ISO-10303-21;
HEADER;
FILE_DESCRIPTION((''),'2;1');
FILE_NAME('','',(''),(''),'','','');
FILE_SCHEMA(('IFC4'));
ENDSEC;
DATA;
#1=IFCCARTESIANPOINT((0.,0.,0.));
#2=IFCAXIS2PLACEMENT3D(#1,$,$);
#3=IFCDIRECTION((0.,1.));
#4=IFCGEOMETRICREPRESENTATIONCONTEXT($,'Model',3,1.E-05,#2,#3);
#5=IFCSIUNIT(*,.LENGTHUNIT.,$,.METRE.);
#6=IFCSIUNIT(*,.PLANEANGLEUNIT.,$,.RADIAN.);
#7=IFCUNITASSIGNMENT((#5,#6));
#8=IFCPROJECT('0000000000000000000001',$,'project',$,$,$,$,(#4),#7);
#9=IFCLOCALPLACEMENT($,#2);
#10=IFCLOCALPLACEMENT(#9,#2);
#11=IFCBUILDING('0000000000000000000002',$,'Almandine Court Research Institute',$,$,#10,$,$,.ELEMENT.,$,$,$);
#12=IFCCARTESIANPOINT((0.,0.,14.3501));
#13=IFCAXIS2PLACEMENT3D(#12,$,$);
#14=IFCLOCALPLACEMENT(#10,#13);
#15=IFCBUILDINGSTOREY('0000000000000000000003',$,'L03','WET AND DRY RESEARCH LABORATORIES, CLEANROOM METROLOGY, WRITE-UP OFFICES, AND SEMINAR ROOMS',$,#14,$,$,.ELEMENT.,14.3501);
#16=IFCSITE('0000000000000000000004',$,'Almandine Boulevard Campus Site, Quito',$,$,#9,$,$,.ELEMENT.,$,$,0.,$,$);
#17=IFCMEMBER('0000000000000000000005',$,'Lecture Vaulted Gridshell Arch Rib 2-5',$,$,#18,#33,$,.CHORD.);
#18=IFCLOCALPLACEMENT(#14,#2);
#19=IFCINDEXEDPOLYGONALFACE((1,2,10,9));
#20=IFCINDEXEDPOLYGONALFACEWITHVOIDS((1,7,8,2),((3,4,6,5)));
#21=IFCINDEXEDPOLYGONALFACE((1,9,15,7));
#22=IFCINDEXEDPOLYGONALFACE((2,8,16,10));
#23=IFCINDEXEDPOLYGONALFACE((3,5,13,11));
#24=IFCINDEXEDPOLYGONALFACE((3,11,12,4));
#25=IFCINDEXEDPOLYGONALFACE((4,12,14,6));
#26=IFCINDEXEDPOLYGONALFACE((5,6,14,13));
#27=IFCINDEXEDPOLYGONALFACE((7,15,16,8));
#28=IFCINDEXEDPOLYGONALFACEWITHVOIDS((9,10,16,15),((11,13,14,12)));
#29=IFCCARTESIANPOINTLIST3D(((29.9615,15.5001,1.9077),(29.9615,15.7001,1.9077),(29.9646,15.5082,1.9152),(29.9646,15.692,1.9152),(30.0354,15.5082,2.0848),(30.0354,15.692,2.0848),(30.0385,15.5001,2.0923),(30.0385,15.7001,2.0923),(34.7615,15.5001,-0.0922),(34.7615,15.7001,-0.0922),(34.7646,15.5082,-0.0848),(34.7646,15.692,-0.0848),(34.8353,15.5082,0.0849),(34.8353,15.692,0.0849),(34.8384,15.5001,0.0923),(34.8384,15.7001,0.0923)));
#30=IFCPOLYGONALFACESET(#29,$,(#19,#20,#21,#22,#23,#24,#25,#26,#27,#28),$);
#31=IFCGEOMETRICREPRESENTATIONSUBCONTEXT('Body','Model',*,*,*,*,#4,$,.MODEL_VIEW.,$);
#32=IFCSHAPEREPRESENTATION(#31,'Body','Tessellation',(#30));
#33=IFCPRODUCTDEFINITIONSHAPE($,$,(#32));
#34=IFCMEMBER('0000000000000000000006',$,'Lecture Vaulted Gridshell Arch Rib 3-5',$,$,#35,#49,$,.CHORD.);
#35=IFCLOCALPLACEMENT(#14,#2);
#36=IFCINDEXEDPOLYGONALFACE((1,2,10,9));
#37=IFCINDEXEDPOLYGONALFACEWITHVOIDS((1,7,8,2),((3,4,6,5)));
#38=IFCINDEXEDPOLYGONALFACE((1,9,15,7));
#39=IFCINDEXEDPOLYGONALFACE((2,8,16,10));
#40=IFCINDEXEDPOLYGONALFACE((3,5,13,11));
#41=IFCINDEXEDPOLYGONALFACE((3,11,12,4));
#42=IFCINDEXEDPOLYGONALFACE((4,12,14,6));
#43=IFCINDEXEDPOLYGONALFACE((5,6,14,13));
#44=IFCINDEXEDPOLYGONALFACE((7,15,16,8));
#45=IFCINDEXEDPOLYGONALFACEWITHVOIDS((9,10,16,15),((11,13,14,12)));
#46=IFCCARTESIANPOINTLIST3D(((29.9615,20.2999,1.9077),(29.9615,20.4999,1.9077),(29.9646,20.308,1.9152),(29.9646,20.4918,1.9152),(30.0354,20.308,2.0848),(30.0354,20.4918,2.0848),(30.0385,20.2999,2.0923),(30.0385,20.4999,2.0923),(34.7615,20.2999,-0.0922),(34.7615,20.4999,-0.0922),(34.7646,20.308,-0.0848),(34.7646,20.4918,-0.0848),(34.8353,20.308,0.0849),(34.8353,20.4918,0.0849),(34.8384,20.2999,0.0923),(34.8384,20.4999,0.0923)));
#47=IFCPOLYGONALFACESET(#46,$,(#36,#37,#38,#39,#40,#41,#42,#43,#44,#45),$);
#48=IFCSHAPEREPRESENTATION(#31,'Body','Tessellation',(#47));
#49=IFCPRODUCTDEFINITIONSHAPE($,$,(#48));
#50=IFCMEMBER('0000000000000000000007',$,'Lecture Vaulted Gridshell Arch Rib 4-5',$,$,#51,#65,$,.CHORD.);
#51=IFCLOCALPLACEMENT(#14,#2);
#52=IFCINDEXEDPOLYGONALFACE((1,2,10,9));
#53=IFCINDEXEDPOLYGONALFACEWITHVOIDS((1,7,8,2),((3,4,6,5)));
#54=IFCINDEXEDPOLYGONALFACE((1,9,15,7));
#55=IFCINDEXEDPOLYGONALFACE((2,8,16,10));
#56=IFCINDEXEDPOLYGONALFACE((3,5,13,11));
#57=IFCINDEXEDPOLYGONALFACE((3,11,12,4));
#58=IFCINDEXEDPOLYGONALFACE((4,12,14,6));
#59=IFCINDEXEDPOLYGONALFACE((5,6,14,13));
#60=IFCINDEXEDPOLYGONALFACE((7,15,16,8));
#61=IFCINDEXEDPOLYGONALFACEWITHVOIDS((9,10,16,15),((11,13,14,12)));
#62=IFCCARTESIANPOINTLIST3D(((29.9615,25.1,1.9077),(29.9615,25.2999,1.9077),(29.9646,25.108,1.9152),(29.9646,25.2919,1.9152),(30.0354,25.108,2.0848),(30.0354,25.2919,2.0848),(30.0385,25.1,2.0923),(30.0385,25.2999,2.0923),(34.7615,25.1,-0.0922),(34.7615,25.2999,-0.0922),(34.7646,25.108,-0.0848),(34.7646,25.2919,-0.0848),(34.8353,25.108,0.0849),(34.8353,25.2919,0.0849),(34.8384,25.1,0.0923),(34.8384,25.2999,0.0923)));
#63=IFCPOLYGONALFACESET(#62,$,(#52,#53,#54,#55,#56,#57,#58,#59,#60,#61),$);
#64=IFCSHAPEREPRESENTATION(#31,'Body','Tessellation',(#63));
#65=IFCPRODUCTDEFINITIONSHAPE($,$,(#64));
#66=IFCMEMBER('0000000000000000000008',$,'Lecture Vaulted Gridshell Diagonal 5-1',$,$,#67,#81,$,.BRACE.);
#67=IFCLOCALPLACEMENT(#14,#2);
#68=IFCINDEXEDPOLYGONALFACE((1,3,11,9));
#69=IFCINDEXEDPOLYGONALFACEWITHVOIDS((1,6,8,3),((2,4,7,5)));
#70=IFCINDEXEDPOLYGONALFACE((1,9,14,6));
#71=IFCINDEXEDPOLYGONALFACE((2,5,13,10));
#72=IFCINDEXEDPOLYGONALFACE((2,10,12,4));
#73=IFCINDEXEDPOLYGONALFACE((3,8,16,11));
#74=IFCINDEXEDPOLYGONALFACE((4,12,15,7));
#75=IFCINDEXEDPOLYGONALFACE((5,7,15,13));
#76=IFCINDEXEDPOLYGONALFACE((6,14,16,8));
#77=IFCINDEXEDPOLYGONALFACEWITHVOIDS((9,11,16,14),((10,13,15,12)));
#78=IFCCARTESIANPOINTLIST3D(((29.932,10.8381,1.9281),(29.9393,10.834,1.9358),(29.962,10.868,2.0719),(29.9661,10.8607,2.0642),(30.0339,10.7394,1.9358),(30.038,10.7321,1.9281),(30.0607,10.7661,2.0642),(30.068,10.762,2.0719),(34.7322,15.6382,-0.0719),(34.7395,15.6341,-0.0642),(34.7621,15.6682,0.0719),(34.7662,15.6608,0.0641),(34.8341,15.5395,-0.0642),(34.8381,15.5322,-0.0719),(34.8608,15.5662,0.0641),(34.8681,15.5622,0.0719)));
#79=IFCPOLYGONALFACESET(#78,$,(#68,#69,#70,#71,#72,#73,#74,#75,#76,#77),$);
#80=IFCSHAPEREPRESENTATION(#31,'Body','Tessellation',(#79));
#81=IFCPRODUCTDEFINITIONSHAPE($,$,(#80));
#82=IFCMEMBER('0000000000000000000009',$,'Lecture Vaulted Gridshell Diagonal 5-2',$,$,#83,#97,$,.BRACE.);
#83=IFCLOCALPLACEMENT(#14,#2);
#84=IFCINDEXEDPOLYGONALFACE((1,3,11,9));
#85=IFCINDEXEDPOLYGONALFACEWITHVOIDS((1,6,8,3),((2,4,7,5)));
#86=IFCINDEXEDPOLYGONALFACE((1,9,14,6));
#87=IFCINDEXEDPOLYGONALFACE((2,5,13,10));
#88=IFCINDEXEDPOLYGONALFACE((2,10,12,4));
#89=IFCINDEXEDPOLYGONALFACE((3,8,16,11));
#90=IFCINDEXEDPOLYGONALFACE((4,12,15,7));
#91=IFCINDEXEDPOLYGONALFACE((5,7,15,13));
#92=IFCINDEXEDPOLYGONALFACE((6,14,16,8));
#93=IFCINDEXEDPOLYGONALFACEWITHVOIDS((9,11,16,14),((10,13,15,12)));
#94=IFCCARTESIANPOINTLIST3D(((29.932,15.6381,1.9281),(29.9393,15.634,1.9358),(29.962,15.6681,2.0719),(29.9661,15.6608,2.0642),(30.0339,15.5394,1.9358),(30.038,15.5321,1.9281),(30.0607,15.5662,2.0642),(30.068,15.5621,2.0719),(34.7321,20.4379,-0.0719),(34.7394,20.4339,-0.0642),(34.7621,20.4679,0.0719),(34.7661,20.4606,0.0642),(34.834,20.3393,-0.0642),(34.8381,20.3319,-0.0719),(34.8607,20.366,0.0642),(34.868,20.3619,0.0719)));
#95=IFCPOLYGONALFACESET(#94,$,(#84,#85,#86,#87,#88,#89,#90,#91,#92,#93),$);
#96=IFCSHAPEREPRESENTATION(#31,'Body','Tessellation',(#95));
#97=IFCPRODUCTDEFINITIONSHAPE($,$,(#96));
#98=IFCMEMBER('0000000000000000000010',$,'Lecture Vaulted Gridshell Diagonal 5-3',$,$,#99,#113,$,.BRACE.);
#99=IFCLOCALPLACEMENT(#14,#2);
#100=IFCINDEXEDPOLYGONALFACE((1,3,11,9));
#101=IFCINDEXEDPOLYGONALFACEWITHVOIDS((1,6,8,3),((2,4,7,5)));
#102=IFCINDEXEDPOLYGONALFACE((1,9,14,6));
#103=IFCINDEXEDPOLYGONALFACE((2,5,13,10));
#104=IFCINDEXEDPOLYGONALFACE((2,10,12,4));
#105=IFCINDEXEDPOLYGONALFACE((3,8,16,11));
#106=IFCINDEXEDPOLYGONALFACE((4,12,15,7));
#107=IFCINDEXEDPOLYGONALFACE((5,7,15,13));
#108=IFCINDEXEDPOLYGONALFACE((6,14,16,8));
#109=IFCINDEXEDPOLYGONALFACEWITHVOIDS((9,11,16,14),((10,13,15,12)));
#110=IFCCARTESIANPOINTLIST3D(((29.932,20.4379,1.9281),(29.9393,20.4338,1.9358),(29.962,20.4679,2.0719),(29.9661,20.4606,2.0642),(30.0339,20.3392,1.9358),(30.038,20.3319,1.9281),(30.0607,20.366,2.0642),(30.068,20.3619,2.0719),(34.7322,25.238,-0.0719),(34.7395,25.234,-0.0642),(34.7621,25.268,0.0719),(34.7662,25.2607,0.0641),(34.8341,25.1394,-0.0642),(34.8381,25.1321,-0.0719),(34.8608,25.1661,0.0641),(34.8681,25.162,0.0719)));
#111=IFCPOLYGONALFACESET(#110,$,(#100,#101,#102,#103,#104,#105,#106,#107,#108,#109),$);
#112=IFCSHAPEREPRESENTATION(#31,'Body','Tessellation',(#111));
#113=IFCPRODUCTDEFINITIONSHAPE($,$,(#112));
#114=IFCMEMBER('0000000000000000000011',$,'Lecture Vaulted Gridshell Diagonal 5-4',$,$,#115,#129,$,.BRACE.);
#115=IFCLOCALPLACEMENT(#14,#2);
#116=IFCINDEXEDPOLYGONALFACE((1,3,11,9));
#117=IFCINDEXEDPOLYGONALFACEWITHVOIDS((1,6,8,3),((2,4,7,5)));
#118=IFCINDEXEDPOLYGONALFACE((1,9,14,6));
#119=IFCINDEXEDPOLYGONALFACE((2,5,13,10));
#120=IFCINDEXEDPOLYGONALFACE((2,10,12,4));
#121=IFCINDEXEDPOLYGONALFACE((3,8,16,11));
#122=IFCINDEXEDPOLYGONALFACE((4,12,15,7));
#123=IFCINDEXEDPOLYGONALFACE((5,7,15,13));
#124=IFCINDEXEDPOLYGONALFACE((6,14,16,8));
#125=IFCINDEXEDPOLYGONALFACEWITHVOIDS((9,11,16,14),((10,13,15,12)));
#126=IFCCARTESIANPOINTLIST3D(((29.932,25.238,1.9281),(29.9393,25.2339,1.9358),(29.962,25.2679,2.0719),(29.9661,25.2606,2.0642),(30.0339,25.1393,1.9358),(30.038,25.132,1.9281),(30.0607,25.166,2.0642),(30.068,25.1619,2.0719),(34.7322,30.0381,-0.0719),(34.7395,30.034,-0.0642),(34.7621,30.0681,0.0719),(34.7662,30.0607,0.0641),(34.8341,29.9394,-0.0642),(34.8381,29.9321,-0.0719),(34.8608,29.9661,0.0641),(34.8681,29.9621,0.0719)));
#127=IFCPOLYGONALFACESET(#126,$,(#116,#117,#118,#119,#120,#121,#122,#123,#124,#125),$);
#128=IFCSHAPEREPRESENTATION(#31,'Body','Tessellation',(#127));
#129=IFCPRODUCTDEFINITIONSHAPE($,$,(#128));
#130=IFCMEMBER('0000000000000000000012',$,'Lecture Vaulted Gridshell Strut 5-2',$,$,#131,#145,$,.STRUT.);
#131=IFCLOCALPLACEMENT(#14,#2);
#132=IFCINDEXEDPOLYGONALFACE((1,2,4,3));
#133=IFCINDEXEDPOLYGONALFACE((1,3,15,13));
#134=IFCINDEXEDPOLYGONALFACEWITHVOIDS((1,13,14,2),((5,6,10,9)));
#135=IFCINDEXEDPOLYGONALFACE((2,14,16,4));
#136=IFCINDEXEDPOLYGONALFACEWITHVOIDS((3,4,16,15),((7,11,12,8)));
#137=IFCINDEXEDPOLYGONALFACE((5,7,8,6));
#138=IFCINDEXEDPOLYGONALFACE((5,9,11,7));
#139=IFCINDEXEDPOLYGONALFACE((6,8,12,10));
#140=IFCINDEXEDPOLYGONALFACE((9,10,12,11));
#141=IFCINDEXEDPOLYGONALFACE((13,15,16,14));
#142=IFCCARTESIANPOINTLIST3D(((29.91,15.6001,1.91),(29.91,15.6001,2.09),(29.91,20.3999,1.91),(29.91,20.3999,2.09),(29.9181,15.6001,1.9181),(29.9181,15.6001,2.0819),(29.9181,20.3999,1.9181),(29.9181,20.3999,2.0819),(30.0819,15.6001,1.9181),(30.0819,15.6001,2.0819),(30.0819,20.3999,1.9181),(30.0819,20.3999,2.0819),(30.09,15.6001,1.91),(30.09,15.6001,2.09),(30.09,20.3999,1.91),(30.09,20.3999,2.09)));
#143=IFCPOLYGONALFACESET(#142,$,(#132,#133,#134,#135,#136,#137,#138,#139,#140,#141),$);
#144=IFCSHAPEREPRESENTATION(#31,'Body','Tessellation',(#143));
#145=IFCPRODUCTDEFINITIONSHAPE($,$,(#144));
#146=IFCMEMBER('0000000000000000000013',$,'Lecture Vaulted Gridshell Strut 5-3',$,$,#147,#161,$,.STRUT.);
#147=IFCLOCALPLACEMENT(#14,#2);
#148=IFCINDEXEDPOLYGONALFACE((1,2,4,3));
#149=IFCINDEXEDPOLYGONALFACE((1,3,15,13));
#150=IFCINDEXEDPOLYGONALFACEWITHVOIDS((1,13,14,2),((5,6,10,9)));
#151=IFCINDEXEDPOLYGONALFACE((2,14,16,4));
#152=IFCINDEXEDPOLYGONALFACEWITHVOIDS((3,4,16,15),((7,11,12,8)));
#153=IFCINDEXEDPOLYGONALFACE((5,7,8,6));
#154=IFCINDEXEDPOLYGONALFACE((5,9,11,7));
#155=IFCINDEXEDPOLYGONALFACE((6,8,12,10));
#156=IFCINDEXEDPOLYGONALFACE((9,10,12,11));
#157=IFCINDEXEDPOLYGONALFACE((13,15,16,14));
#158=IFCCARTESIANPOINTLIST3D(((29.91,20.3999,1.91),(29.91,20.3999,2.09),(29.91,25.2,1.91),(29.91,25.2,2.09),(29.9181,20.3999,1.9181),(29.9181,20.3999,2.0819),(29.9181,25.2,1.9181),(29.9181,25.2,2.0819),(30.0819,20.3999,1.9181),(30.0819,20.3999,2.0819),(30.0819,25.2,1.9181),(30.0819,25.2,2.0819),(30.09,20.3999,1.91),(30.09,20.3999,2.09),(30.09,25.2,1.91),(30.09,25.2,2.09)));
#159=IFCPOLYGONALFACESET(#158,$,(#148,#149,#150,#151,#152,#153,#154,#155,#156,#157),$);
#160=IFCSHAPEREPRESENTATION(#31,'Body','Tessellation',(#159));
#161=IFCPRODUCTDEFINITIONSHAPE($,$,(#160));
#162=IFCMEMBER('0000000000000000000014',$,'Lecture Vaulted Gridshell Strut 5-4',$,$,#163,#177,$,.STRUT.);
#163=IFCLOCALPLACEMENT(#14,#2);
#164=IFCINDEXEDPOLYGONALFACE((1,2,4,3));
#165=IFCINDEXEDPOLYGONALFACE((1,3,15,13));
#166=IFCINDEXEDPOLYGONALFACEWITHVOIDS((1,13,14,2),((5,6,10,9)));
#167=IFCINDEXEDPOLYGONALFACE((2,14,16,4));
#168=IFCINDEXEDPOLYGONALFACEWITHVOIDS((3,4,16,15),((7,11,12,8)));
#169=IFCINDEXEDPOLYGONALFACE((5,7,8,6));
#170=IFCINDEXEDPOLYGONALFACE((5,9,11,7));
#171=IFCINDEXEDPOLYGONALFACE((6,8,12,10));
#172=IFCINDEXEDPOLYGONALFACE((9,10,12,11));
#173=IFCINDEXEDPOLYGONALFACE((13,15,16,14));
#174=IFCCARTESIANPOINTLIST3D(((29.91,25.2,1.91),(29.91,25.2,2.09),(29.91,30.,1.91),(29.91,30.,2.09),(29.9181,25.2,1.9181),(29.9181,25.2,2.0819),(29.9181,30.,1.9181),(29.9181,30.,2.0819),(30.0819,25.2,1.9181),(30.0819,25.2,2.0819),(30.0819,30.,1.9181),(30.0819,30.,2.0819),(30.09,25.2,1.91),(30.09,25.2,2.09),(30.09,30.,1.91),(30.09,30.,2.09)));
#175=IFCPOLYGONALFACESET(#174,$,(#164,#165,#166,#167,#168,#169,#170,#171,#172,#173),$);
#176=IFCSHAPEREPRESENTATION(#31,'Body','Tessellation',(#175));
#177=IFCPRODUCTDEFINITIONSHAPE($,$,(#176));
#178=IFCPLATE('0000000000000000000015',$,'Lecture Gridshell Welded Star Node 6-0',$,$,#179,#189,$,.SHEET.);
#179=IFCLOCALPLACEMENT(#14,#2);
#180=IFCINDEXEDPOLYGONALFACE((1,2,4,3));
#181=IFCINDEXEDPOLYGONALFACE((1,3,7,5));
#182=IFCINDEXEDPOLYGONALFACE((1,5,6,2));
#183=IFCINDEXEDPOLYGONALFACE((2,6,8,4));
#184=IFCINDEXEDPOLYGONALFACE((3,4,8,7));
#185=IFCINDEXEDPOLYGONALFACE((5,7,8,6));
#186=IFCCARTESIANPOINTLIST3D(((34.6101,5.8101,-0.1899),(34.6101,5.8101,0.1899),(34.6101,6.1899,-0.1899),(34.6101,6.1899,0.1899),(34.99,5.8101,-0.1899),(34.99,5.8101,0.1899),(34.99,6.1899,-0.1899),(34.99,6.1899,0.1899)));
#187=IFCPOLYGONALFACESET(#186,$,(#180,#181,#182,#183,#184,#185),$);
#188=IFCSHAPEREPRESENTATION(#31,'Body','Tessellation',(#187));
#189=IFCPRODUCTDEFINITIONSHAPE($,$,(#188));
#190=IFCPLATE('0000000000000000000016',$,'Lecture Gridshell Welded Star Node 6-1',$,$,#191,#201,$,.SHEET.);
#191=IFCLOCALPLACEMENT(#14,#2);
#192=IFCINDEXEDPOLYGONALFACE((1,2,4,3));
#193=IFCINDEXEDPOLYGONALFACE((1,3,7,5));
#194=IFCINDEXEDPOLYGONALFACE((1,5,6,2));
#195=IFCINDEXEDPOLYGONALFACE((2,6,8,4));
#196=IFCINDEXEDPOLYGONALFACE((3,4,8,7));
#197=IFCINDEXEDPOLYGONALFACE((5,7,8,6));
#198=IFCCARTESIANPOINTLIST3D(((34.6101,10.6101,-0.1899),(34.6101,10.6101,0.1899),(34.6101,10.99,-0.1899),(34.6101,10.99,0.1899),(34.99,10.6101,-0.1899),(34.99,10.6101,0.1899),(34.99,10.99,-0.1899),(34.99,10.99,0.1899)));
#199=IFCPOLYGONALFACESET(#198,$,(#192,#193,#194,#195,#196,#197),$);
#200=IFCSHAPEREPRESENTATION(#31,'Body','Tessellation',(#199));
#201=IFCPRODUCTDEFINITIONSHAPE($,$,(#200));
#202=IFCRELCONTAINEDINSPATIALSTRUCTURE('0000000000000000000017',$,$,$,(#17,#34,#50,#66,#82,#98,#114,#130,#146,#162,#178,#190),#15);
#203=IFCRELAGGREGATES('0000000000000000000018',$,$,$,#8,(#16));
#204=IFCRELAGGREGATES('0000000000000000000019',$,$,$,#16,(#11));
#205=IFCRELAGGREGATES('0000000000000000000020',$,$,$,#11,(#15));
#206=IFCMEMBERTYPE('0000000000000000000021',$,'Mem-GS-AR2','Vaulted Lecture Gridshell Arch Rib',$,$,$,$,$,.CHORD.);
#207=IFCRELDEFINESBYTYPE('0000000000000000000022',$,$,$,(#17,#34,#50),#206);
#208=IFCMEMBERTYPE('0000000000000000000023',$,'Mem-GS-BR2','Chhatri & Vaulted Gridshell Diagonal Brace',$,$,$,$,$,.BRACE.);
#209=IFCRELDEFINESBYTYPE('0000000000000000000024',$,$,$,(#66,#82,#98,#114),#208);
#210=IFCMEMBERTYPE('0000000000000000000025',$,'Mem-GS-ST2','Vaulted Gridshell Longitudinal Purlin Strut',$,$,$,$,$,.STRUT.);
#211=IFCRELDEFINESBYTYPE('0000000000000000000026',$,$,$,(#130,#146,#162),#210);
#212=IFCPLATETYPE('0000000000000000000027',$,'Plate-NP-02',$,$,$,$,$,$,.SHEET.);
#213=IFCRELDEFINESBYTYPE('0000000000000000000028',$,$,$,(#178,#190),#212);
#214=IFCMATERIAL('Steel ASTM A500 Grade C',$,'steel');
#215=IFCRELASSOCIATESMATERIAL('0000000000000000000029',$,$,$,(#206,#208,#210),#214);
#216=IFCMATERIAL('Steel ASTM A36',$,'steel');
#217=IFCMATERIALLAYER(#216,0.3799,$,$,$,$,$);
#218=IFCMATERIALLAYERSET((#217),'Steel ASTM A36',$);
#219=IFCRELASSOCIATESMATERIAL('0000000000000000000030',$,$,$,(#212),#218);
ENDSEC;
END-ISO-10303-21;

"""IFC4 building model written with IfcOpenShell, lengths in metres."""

from ifc_helpers import new_model, si_unit, direction, frame, origin, origin_2d, place, context, subcontext, project, spatial, rectangle, hollow_rectangle, extrude, material, layer, layer_set, material_profile, profile_set, type_object, element, save


model = new_model("IFC4")

# Units and contexts
model_context = context("Model", 3, precision=1e-05, world=origin(), true_north=direction((0.0, 1.0)))
body_context = subcontext(model_context, "Body", "Model", "MODEL_VIEW")
ifc_project = project(units=[si_unit("LENGTHUNIT", "METRE"), si_unit("PLANEANGLEUNIT", "RADIAN")], contexts=[model_context])

# Site, building, storey
site_placement = place(None, origin())
site = spatial("IfcSite", under=ifc_project, at=site_placement, Name="Almandine Boulevard Campus Site, Quito", CompositionType="ELEMENT", RefElevation=0.0)
building_placement = place(site_placement, origin())
building = spatial("IfcBuilding", under=site, at=building_placement, Name="Almandine Court Research Institute", CompositionType="ELEMENT")
storey_placement = place(building_placement, frame((0.0, 0.0, 14.3501)))
storey = spatial("IfcBuildingStorey", under=building, at=storey_placement, Name="L03", Description="WET AND DRY RESEARCH LABORATORIES, CLEANROOM METROLOGY, WRITE-UP OFFICES, AND SEMINAR ROOMS", CompositionType="ELEMENT", Elevation=14.3501)

# Members
ifc_material_1 = material(Name="Steel ASTM A500 Grade C", Category="steel")
ifc_material_profile_1 = material_profile(ifc_material_1, hollow_rectangle(XDim=0.2, YDim=0.2, WallThickness=0.0081, at=origin_2d()), Name="HSS 200x200x8")
ifc_profile_set_1 = profile_set([ifc_material_profile_1], Name="Steel ASTM A500 Grade C")
member_type_1 = type_object("IfcMemberType", Name="Mem-GS-AR2", Description="Vaulted Lecture Gridshell Arch Rib", PredefinedType="CHORD", material=ifc_profile_set_1)
for number, where, z_axis, x_axis, name in (
    (1, (30.0, 15.6001, 2.0), (0.923078, 0.0, -0.384612), (0.0, 1.0, 0.0), "Lecture Vaulted Gridshell Arch Rib 2-5"),
    (2, (30.0, 20.3999, 2.0), (0.923078, 0.0, -0.384612), (0.0, 1.0, 0.0), "Lecture Vaulted Gridshell Arch Rib 3-5"),
    (3, (30.0, 25.2, 2.0), (0.923078, 0.0, -0.384612), (0.0, 1.0, 0.0), "Lecture Vaulted Gridshell Arch Rib 4-5"),
):
    element("IfcMember", number, at=place(storey_placement, frame(where, z_axis=z_axis, x_axis=x_axis)), inside=storey, type_object=member_type_1, Name=name, PredefinedType="CHORD", context=body_context, shape_type="SweptSolid", body=[
        extrude(hollow_rectangle(XDim=0.2, YDim=0.2, WallThickness=0.0081, at=origin_2d()), origin(), (0.0, 0.0, 1.0), 5.2),
    ])
ifc_material_profile_2 = material_profile(ifc_material_1, hollow_rectangle(XDim=0.1499, YDim=0.1499, WallThickness=0.0081, at=origin_2d()), Name="HSS 150x150x8")
ifc_profile_set_2 = profile_set([ifc_material_profile_2], Name="Steel ASTM A500 Grade C")
member_type_2 = type_object("IfcMemberType", Name="Mem-GS-BR2", Description="Chhatri & Vaulted Gridshell Diagonal Brace", PredefinedType="BRACE", material=ifc_profile_set_2)
member_1_placement = place(storey_placement, frame((30.0, 10.8, 2.0), z_axis=(0.678281, 0.678281, -0.282614), x_axis=(-0.707107, 0.707107, 0.0)))
element("IfcMember", 4, at=member_1_placement, inside=storey, type_object=member_type_2, Name="Lecture Vaulted Gridshell Diagonal 5-1", PredefinedType="BRACE", context=body_context, shape_type="SweptSolid", body=[
    extrude(hollow_rectangle(XDim=0.1499, YDim=0.1499, WallThickness=0.0081, at=origin_2d()), origin(), (0.0, 0.0, 1.0), 7.0769),
])
member_2_placement = place(storey_placement, frame((30.0, 15.6001, 2.0), z_axis=(0.678297, 0.678262, -0.282621), x_axis=(-0.707089, 0.707125, 0.0)))
element("IfcMember", 5, at=member_2_placement, inside=storey, type_object=member_type_2, Name="Lecture Vaulted Gridshell Diagonal 5-2", PredefinedType="BRACE", context=body_context, shape_type="SweptSolid", body=[
    extrude(hollow_rectangle(XDim=0.1499, YDim=0.1499, WallThickness=0.0081, at=origin_2d()), origin(), (0.0, 0.0, 1.0), 7.0767),
])
for number, where, z_axis, x_axis, name in (
    (6, (30.0, 20.3999, 2.0), (0.678281, 0.678281, -0.282614), (-0.707107, 0.707107, 0.0), "Lecture Vaulted Gridshell Diagonal 5-3"),
    (7, (30.0, 25.2, 2.0), (0.678281, 0.678281, -0.282614), (-0.707107, 0.707107, 0.0), "Lecture Vaulted Gridshell Diagonal 5-4"),
):
    element("IfcMember", number, at=place(storey_placement, frame(where, z_axis=z_axis, x_axis=x_axis)), inside=storey, type_object=member_type_2, Name=name, PredefinedType="BRACE", context=body_context, shape_type="SweptSolid", body=[
        extrude(hollow_rectangle(XDim=0.1499, YDim=0.1499, WallThickness=0.0081, at=origin_2d()), origin(), (0.0, 0.0, 1.0), 7.0769),
    ])
ifc_material_profile_3 = material_profile(ifc_material_1, hollow_rectangle(XDim=0.1799, YDim=0.1799, WallThickness=0.0081, at=origin_2d()), Name="HSS 180x180x8")
ifc_profile_set_3 = profile_set([ifc_material_profile_3], Name="Steel ASTM A500 Grade C")
member_type_3 = type_object("IfcMemberType", Name="Mem-GS-ST2", Description="Vaulted Gridshell Longitudinal Purlin Strut", PredefinedType="STRUT", material=ifc_profile_set_3)
member_3_placement = place(storey_placement, frame((30.0, 15.6001, 2.0), z_axis=(0.0, 1.0, 0.0), x_axis=(-1.0, 0.0, 0.0)))
element("IfcMember", 8, at=member_3_placement, inside=storey, type_object=member_type_3, Name="Lecture Vaulted Gridshell Strut 5-2", PredefinedType="STRUT", context=body_context, shape_type="SweptSolid", body=[
    extrude(hollow_rectangle(XDim=0.1799, YDim=0.1799, WallThickness=0.0081, at=origin_2d()), origin(), (0.0, 0.0, 1.0), 4.7998),
])
for number, where, z_axis, x_axis, name in (
    (9, (30.0, 20.3999, 2.0), (0.0, 1.0, 0.0), (-1.0, 0.0, 0.0), "Lecture Vaulted Gridshell Strut 5-3"),
    (10, (30.0, 25.2, 2.0), (0.0, 1.0, 0.0), (-1.0, 0.0, 0.0), "Lecture Vaulted Gridshell Strut 5-4"),
):
    element("IfcMember", number, at=place(storey_placement, frame(where, z_axis=z_axis, x_axis=x_axis)), inside=storey, type_object=member_type_3, Name=name, PredefinedType="STRUT", context=body_context, shape_type="SweptSolid", body=[
        extrude(hollow_rectangle(XDim=0.1799, YDim=0.1799, WallThickness=0.0081, at=origin_2d()), origin(), (0.0, 0.0, 1.0), 4.8),
    ])

# Plates
ifc_material_2 = material(Name="Steel ASTM A36", Category="steel")
ifc_layer_1 = layer(ifc_material_2, 0.3799)
ifc_layer_set_1 = layer_set([ifc_layer_1], Name="Steel ASTM A36")
plate_type_1 = type_object("IfcPlateType", Name="Plate-NP-02", PredefinedType="SHEET", material=ifc_layer_set_1)
for number, where, z_axis, x_axis, name in (
    (11, (34.8, 6.0, -0.1899), (0.0, 0.0, 1.0), (1.0, 0.0, 0.0), "Lecture Gridshell Welded Star Node 6-0"),
    (12, (34.8, 10.8, -0.1899), (0.0, 0.0, 1.0), (1.0, 0.0, 0.0), "Lecture Gridshell Welded Star Node 6-1"),
):
    element("IfcPlate", number, at=place(storey_placement, frame(where, z_axis=z_axis, x_axis=x_axis)), inside=storey, type_object=plate_type_1, Name=name, PredefinedType="SHEET", context=body_context, shape_type="SweptSolid", body=[
        extrude(rectangle(XDim=0.3799, YDim=0.3799, at=origin_2d()), origin(), (0.0, 0.0, 1.0), 0.3799),
    ])

save(model, "model.ifc")
